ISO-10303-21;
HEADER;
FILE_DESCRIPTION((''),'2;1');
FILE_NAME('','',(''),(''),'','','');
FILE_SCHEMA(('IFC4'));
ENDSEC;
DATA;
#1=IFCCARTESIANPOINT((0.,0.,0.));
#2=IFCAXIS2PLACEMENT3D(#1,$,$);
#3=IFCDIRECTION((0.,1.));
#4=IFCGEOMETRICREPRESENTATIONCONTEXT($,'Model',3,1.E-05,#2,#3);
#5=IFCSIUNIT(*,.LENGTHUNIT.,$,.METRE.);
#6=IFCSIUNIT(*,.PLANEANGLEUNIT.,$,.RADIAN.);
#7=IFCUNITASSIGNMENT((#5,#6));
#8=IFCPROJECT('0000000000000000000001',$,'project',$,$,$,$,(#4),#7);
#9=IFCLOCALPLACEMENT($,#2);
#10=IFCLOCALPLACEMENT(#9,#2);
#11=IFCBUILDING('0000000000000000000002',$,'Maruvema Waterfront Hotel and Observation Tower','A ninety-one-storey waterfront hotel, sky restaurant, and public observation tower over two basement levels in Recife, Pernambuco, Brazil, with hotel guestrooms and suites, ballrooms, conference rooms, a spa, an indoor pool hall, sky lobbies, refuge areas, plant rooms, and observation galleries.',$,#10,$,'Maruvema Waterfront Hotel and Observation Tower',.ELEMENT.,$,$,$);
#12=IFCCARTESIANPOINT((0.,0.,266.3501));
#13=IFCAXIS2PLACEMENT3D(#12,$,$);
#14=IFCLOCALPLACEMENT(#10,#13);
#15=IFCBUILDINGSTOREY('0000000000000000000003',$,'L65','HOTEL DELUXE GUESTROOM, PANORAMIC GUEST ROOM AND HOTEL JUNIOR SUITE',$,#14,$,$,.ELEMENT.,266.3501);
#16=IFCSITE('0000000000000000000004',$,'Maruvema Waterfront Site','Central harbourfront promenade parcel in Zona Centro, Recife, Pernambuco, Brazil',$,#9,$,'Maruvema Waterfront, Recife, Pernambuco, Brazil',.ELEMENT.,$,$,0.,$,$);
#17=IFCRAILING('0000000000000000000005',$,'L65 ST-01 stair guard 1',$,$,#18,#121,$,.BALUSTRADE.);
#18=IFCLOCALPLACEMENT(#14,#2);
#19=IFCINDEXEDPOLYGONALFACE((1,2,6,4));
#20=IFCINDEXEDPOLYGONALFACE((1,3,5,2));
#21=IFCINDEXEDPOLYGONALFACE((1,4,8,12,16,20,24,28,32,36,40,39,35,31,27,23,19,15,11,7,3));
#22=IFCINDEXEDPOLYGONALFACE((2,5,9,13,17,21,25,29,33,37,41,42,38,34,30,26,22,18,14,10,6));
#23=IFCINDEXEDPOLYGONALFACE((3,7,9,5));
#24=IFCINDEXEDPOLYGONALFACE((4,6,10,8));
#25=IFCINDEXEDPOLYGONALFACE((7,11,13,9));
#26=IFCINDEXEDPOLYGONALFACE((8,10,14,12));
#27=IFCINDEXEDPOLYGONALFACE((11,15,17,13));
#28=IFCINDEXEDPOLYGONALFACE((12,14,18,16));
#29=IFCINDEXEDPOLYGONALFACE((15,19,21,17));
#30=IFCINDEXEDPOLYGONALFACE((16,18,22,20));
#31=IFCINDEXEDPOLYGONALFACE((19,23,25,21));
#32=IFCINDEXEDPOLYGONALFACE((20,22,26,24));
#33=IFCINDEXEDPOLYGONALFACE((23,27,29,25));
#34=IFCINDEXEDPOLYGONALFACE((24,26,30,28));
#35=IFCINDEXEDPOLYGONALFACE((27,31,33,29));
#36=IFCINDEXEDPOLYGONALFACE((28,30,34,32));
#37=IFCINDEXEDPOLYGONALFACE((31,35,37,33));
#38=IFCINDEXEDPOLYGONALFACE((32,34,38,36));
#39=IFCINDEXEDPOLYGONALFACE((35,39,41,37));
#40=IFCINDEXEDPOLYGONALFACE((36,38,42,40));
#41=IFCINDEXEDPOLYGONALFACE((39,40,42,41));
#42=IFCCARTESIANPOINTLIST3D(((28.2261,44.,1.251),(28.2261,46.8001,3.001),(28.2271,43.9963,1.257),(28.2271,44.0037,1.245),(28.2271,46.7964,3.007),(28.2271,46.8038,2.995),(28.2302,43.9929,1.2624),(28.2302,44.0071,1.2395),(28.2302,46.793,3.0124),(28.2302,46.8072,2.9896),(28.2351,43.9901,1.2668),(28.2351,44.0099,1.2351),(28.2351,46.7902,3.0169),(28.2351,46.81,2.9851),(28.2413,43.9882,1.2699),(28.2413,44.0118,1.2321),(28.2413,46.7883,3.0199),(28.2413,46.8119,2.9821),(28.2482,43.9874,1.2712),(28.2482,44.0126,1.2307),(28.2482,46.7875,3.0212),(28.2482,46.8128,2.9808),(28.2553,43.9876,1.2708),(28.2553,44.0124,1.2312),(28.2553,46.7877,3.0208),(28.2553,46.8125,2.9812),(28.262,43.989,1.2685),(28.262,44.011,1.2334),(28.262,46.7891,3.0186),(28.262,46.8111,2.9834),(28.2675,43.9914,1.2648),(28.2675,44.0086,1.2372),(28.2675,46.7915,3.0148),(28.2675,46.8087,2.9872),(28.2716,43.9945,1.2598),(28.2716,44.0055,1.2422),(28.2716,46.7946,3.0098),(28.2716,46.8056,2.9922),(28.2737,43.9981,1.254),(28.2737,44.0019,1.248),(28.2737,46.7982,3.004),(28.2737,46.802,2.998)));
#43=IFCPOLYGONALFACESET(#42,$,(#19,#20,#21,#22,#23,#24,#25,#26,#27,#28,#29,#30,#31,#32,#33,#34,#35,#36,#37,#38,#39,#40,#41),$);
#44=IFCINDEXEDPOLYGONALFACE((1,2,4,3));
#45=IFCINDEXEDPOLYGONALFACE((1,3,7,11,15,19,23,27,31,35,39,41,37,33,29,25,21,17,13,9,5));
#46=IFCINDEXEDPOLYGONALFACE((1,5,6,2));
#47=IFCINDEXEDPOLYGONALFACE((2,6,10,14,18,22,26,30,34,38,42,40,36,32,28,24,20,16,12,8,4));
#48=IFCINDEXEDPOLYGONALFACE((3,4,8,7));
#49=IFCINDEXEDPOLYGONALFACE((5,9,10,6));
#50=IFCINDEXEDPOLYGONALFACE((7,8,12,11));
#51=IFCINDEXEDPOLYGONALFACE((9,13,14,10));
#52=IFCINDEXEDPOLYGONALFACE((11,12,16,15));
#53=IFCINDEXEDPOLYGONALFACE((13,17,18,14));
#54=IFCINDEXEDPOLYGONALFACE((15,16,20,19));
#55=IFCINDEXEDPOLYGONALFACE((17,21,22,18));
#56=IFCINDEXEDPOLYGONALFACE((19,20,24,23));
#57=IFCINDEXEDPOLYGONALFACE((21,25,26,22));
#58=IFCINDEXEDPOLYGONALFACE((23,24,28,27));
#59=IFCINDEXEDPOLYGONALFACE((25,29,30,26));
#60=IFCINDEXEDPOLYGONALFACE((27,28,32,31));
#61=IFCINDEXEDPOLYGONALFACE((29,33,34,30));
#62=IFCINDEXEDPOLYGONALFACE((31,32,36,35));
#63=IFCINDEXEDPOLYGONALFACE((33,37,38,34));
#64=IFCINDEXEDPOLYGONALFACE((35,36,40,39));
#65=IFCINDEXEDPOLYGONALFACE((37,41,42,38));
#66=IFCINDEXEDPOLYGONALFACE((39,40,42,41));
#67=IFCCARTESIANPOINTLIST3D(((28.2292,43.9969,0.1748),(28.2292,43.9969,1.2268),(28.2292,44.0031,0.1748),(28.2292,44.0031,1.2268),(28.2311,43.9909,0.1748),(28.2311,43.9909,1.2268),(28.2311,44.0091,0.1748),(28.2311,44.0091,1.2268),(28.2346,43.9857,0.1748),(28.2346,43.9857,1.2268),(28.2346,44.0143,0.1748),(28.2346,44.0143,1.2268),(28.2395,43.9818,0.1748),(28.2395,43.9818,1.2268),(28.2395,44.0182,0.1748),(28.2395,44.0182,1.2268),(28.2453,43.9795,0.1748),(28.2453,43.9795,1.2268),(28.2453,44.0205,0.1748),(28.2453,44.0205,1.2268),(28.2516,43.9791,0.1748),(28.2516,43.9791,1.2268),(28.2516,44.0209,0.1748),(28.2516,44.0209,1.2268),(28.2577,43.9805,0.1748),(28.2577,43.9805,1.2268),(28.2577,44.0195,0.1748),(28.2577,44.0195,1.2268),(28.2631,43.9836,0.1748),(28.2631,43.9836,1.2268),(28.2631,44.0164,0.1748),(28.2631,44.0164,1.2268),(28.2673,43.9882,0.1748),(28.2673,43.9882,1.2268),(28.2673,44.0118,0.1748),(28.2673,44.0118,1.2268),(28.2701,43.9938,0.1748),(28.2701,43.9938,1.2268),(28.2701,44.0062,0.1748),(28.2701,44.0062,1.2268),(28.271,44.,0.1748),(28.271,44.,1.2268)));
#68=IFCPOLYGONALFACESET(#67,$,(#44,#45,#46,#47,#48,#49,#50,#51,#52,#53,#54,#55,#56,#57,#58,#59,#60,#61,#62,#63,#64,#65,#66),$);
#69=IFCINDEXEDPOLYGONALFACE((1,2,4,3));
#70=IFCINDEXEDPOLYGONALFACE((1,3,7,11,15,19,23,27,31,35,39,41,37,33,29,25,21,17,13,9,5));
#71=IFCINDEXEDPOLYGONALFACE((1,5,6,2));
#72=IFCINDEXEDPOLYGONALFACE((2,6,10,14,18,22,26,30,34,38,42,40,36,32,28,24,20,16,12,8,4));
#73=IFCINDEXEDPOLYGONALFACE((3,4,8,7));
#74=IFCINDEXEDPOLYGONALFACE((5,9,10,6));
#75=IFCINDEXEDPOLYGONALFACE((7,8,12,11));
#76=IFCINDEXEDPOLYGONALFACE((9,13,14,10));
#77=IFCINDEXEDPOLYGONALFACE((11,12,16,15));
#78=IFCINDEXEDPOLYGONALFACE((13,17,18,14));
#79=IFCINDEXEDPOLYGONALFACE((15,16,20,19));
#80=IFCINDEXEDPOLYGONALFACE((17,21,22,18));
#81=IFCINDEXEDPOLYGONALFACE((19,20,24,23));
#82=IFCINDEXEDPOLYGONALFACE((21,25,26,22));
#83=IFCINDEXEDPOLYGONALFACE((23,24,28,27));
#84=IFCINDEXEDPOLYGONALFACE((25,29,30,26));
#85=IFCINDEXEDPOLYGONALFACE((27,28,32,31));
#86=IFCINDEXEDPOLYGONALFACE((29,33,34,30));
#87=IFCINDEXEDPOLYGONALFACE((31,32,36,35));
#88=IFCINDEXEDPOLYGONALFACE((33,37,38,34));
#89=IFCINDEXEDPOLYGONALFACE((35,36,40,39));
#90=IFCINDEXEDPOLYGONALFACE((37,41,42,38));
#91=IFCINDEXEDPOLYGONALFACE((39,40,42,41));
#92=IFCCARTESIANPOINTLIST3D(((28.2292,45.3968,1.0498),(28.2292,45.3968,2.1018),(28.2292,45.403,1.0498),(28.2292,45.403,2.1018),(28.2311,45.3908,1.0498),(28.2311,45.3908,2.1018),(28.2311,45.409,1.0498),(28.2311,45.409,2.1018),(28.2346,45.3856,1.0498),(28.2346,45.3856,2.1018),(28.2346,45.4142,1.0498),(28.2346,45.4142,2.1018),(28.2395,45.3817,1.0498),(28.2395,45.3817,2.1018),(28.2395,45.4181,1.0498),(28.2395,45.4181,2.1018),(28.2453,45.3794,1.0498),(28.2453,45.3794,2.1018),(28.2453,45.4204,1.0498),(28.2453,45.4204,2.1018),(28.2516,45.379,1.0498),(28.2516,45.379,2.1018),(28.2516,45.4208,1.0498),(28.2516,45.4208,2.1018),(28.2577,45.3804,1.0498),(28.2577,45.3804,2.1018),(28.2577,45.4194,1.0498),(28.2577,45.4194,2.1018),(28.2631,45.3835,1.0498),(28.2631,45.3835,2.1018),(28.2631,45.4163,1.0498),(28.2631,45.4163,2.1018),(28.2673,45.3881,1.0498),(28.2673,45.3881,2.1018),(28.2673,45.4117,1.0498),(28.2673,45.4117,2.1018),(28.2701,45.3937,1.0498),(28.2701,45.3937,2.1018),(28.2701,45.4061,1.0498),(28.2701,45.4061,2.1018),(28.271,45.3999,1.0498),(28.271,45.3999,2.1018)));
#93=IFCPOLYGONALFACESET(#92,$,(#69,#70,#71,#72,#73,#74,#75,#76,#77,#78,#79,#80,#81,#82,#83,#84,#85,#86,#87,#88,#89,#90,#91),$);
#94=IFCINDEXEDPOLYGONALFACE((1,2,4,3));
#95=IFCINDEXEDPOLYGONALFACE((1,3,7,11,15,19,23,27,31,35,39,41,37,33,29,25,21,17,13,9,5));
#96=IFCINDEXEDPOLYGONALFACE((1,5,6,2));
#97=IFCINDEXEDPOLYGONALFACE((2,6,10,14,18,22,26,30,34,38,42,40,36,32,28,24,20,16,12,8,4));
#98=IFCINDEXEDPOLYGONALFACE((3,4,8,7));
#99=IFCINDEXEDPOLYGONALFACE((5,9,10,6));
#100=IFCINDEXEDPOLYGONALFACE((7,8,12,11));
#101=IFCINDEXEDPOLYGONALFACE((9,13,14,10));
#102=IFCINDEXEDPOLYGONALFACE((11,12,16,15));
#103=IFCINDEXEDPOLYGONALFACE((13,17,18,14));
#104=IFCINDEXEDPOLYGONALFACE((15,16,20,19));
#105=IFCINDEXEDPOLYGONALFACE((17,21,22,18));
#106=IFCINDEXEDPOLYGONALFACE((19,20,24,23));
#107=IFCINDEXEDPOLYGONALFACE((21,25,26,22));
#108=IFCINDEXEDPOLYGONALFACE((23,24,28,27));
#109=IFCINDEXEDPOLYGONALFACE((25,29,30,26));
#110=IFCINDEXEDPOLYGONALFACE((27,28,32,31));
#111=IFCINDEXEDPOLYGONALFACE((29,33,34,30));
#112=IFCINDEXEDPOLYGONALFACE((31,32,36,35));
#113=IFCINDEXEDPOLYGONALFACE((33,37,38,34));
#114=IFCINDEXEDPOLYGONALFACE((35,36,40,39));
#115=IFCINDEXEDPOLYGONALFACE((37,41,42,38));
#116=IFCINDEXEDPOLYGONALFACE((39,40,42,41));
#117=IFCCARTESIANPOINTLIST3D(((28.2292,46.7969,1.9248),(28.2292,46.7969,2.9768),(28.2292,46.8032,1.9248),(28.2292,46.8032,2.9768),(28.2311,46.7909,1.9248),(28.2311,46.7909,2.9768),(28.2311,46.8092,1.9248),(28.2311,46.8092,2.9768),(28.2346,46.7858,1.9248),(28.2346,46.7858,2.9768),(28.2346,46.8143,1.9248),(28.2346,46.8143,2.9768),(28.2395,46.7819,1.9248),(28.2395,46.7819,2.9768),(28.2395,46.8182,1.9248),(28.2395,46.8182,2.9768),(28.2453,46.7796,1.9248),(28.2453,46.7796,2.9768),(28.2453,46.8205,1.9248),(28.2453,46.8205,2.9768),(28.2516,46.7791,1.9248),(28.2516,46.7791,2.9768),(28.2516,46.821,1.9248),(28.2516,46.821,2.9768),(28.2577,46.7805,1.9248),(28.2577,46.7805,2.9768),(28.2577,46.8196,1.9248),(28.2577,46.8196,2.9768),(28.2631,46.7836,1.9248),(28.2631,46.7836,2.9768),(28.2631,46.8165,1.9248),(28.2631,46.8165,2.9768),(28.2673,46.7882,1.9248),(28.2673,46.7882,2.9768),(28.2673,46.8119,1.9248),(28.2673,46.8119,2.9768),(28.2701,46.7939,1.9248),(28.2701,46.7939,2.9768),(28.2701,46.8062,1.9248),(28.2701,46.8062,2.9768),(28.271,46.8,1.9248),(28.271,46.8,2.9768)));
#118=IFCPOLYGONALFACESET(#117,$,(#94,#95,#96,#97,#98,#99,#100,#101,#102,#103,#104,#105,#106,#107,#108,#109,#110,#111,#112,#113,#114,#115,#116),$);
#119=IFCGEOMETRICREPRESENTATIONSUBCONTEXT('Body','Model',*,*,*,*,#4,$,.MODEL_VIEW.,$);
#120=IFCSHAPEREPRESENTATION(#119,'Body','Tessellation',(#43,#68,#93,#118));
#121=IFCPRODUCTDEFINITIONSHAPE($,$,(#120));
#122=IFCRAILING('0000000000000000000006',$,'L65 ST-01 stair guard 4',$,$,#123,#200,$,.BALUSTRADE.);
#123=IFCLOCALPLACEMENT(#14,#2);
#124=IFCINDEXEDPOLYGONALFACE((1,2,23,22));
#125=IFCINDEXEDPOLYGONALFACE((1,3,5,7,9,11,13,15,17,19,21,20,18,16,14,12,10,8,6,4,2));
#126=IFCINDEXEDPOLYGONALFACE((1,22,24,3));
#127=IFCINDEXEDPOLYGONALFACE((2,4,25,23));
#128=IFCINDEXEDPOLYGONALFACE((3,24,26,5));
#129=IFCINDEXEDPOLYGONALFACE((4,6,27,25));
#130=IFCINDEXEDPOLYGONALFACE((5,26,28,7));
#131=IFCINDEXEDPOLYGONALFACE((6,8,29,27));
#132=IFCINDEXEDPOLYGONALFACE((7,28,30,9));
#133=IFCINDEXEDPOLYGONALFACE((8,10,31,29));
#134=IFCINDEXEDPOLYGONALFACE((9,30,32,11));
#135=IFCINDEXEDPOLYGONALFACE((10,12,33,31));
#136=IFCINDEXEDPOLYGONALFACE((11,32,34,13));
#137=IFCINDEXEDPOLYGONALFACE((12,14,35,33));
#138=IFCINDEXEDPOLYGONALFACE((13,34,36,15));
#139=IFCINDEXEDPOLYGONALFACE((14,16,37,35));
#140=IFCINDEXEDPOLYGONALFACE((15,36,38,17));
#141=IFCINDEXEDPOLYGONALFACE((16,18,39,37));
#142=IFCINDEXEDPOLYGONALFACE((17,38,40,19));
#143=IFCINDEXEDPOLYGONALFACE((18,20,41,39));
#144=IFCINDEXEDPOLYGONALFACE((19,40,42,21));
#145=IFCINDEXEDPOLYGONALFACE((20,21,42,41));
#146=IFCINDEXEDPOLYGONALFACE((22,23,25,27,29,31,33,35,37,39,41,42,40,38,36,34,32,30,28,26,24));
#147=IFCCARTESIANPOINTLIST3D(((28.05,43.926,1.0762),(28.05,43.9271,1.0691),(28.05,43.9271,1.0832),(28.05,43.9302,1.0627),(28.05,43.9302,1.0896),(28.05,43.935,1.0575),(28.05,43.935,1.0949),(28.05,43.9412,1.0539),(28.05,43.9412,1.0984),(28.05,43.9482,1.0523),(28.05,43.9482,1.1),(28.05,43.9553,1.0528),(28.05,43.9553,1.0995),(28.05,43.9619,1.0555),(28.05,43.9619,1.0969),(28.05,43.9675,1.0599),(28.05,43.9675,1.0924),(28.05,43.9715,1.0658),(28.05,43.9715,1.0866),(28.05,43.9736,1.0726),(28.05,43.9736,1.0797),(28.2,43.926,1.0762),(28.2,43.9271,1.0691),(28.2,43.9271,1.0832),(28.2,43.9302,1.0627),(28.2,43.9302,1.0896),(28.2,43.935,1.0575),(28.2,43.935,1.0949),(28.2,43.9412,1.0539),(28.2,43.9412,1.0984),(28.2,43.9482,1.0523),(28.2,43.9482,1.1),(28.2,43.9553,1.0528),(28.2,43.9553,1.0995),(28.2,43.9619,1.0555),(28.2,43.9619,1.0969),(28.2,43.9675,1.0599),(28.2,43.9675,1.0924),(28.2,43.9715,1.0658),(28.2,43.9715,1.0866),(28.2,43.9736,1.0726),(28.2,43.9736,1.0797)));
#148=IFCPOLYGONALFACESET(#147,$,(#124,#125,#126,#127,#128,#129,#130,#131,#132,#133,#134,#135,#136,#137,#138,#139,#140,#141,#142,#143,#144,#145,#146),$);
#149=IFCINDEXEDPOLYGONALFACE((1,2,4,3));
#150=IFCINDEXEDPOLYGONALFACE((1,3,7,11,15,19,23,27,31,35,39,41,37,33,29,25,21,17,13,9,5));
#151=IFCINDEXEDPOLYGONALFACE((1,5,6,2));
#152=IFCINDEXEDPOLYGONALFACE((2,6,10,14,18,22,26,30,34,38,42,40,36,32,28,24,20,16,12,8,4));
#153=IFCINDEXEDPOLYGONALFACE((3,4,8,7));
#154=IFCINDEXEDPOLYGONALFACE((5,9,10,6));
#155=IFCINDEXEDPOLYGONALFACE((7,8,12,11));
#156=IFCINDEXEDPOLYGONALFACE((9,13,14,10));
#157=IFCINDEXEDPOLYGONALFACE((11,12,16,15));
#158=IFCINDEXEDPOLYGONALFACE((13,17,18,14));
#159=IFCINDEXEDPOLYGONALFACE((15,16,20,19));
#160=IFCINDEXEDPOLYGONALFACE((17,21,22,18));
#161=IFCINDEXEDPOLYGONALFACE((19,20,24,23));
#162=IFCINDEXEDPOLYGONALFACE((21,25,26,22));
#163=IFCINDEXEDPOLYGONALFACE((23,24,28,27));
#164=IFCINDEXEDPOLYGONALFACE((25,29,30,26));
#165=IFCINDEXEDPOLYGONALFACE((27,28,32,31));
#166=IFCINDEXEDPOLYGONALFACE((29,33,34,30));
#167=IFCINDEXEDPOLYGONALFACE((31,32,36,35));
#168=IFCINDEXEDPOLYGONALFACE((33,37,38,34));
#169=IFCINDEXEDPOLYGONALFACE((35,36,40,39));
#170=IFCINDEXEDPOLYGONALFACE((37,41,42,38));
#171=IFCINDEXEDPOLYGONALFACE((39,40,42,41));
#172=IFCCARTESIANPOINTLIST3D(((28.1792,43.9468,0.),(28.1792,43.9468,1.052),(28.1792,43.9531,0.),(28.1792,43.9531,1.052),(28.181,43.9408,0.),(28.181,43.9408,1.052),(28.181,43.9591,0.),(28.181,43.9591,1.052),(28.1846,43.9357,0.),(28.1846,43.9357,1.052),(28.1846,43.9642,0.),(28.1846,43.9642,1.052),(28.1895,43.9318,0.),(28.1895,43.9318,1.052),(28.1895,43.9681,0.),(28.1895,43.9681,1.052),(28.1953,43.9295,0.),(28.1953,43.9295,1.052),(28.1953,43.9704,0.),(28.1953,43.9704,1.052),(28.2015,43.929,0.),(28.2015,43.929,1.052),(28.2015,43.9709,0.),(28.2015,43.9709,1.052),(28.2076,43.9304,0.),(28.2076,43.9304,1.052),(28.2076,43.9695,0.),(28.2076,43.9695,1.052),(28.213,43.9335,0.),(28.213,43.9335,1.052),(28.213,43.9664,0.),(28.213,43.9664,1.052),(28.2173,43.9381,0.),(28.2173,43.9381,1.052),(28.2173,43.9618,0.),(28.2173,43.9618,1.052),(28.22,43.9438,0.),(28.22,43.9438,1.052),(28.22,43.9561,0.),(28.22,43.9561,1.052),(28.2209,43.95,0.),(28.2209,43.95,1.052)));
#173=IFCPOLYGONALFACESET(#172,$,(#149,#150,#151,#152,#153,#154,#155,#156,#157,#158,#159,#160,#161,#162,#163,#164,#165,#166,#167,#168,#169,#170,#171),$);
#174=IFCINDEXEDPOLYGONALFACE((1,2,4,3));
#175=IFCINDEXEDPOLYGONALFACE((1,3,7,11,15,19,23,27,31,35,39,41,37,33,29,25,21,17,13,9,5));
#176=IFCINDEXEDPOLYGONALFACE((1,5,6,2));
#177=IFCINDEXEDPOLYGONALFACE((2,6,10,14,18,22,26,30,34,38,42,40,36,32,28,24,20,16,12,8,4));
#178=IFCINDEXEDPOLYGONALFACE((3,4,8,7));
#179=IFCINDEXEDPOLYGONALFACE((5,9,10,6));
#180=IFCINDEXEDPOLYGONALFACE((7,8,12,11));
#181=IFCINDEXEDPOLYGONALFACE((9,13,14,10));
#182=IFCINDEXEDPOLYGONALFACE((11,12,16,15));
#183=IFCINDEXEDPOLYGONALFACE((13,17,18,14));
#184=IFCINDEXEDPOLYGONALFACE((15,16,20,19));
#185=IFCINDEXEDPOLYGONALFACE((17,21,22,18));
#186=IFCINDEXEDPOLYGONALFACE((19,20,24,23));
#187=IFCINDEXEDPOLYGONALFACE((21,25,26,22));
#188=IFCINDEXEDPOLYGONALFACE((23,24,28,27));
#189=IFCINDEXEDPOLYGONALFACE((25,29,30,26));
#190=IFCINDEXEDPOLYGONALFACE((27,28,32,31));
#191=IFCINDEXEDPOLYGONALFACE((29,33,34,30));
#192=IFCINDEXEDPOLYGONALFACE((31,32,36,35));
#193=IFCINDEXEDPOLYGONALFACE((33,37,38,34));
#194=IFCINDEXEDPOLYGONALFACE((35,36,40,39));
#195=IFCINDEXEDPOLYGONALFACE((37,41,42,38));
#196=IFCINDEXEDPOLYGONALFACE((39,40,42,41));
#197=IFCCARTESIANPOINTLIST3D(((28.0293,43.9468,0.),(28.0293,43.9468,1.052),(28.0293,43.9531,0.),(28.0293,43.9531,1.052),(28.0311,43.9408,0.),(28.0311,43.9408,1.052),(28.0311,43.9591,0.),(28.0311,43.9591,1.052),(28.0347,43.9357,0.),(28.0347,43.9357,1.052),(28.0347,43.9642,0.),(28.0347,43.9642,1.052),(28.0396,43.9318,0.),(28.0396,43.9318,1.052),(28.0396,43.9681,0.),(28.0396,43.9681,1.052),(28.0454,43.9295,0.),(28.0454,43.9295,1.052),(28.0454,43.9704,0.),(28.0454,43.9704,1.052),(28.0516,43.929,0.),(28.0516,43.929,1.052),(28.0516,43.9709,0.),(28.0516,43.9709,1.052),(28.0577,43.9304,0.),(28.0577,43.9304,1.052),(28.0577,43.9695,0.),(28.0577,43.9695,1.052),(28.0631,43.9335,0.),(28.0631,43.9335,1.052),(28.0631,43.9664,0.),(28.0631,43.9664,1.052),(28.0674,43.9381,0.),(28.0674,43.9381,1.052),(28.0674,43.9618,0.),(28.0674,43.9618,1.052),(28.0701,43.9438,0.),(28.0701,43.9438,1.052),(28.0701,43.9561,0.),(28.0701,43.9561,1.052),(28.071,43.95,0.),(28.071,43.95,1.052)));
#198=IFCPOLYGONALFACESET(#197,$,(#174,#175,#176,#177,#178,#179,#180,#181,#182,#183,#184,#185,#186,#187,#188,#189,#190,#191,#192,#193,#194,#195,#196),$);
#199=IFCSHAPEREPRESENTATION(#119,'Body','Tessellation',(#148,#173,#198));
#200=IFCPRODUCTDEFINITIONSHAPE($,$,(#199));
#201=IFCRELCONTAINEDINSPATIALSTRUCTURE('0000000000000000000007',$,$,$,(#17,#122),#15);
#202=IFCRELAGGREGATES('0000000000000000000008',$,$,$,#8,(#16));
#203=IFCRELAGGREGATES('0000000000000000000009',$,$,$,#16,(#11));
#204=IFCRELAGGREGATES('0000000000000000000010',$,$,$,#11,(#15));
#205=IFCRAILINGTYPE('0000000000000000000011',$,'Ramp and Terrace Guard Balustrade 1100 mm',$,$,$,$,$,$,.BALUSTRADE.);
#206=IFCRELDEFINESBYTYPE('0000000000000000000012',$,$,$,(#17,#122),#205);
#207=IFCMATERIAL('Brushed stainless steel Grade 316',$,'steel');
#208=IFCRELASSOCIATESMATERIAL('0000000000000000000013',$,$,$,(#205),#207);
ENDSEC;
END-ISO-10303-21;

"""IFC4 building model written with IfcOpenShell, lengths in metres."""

from ifc_helpers import new_model, si_unit, direction, frame, origin, origin_2d, place, context, subcontext, project, spatial, circle, extrude, material, type_object, element, save


model = new_model("IFC4")

# Units and contexts
model_context = context("Model", 3, precision=1e-05, world=origin(), true_north=direction((0.0, 1.0)))
body_context = subcontext(model_context, "Body", "Model", "MODEL_VIEW")
ifc_project = project(units=[si_unit("LENGTHUNIT", "METRE"), si_unit("PLANEANGLEUNIT", "RADIAN")], contexts=[model_context])

# Site, building, storey
site_placement = place(None, origin())
site = spatial("IfcSite", under=ifc_project, at=site_placement, Name="Maruvema Waterfront Site", Description="Central harbourfront promenade parcel in Zona Centro, Recife, Pernambuco, Brazil", LongName="Maruvema Waterfront, Recife, Pernambuco, Brazil", CompositionType="ELEMENT", RefElevation=0.0)
building_placement = place(site_placement, origin())
building = spatial("IfcBuilding", under=site, at=building_placement, Name="Maruvema Waterfront Hotel and Observation Tower", Description="A ninety-one-storey waterfront hotel, sky restaurant, and public observation tower over two basement levels in Recife, Pernambuco, Brazil, with hotel guestrooms and suites, ballrooms, conference rooms, a spa, an indoor pool hall, sky lobbies, refuge areas, plant rooms, and observation galleries.", LongName="Maruvema Waterfront Hotel and Observation Tower", CompositionType="ELEMENT")
storey_placement = place(building_placement, frame((0.0, 0.0, 266.3501)))
storey = spatial("IfcBuildingStorey", under=building, at=storey_placement, Name="L65", Description="HOTEL DELUXE GUESTROOM, PANORAMIC GUEST ROOM AND HOTEL JUNIOR SUITE", CompositionType="ELEMENT", Elevation=266.3501)

# Railings
ifc_material_1 = material(Name="Brushed stainless steel Grade 316", Category="steel")
railing_type_1 = type_object("IfcRailingType", Name="Ramp and Terrace Guard Balustrade 1100 mm", PredefinedType="BALUSTRADE", material=ifc_material_1)
railing_1_placement = place(storey_placement, frame((28.25, 44.0, 0.1748)))
element("IfcRailing", 1, at=railing_1_placement, inside=storey, type_object=railing_type_1, Name="L65 ST-01 stair guard 1", PredefinedType="BALUSTRADE", context=body_context, shape_type="SweptSolid", body=[
    extrude(circle(Radius=0.0239, at=origin_2d()), frame((0.0, 0.0, 1.0762), z_axis=(0.0, 0.848002, 0.529992), x_axis=(-1.0, 0.0, 0.0)), (0.0, 0.0, 1.0), 3.302),
    extrude(circle(Radius=0.021, at=origin_2d()), origin(), (0.0, 0.0, 1.0), 1.052),
    extrude(circle(Radius=0.021, at=origin_2d()), frame((0.0, 1.3999, 0.875)), (0.0, 0.0, 1.0), 1.052),
    extrude(circle(Radius=0.021, at=origin_2d()), frame((0.0, 2.8, 1.75)), (0.0, 0.0, 1.0), 1.052),
])
railing_2_placement = place(storey_placement, frame((28.2, 43.95, 0.0)))
element("IfcRailing", 2, at=railing_2_placement, inside=storey, type_object=railing_type_1, Name="L65 ST-01 stair guard 4", PredefinedType="BALUSTRADE", context=body_context, shape_type="SweptSolid", body=[
    extrude(circle(Radius=0.0239, at=origin_2d()), frame((0.0, 0.0, 1.0762), z_axis=(-1.0, 0.0, 0.0), x_axis=(0.0, -1.0, 0.0)), (0.0, 0.0, 1.0), 0.1499),
    extrude(circle(Radius=0.021, at=origin_2d()), origin(), (0.0, 0.0, 1.0), 1.052),
    extrude(circle(Radius=0.021, at=origin_2d()), frame((-0.1499, 0.0, 0.0)), (0.0, 0.0, 1.0), 1.052),
])

save(model, "model.ifc")
